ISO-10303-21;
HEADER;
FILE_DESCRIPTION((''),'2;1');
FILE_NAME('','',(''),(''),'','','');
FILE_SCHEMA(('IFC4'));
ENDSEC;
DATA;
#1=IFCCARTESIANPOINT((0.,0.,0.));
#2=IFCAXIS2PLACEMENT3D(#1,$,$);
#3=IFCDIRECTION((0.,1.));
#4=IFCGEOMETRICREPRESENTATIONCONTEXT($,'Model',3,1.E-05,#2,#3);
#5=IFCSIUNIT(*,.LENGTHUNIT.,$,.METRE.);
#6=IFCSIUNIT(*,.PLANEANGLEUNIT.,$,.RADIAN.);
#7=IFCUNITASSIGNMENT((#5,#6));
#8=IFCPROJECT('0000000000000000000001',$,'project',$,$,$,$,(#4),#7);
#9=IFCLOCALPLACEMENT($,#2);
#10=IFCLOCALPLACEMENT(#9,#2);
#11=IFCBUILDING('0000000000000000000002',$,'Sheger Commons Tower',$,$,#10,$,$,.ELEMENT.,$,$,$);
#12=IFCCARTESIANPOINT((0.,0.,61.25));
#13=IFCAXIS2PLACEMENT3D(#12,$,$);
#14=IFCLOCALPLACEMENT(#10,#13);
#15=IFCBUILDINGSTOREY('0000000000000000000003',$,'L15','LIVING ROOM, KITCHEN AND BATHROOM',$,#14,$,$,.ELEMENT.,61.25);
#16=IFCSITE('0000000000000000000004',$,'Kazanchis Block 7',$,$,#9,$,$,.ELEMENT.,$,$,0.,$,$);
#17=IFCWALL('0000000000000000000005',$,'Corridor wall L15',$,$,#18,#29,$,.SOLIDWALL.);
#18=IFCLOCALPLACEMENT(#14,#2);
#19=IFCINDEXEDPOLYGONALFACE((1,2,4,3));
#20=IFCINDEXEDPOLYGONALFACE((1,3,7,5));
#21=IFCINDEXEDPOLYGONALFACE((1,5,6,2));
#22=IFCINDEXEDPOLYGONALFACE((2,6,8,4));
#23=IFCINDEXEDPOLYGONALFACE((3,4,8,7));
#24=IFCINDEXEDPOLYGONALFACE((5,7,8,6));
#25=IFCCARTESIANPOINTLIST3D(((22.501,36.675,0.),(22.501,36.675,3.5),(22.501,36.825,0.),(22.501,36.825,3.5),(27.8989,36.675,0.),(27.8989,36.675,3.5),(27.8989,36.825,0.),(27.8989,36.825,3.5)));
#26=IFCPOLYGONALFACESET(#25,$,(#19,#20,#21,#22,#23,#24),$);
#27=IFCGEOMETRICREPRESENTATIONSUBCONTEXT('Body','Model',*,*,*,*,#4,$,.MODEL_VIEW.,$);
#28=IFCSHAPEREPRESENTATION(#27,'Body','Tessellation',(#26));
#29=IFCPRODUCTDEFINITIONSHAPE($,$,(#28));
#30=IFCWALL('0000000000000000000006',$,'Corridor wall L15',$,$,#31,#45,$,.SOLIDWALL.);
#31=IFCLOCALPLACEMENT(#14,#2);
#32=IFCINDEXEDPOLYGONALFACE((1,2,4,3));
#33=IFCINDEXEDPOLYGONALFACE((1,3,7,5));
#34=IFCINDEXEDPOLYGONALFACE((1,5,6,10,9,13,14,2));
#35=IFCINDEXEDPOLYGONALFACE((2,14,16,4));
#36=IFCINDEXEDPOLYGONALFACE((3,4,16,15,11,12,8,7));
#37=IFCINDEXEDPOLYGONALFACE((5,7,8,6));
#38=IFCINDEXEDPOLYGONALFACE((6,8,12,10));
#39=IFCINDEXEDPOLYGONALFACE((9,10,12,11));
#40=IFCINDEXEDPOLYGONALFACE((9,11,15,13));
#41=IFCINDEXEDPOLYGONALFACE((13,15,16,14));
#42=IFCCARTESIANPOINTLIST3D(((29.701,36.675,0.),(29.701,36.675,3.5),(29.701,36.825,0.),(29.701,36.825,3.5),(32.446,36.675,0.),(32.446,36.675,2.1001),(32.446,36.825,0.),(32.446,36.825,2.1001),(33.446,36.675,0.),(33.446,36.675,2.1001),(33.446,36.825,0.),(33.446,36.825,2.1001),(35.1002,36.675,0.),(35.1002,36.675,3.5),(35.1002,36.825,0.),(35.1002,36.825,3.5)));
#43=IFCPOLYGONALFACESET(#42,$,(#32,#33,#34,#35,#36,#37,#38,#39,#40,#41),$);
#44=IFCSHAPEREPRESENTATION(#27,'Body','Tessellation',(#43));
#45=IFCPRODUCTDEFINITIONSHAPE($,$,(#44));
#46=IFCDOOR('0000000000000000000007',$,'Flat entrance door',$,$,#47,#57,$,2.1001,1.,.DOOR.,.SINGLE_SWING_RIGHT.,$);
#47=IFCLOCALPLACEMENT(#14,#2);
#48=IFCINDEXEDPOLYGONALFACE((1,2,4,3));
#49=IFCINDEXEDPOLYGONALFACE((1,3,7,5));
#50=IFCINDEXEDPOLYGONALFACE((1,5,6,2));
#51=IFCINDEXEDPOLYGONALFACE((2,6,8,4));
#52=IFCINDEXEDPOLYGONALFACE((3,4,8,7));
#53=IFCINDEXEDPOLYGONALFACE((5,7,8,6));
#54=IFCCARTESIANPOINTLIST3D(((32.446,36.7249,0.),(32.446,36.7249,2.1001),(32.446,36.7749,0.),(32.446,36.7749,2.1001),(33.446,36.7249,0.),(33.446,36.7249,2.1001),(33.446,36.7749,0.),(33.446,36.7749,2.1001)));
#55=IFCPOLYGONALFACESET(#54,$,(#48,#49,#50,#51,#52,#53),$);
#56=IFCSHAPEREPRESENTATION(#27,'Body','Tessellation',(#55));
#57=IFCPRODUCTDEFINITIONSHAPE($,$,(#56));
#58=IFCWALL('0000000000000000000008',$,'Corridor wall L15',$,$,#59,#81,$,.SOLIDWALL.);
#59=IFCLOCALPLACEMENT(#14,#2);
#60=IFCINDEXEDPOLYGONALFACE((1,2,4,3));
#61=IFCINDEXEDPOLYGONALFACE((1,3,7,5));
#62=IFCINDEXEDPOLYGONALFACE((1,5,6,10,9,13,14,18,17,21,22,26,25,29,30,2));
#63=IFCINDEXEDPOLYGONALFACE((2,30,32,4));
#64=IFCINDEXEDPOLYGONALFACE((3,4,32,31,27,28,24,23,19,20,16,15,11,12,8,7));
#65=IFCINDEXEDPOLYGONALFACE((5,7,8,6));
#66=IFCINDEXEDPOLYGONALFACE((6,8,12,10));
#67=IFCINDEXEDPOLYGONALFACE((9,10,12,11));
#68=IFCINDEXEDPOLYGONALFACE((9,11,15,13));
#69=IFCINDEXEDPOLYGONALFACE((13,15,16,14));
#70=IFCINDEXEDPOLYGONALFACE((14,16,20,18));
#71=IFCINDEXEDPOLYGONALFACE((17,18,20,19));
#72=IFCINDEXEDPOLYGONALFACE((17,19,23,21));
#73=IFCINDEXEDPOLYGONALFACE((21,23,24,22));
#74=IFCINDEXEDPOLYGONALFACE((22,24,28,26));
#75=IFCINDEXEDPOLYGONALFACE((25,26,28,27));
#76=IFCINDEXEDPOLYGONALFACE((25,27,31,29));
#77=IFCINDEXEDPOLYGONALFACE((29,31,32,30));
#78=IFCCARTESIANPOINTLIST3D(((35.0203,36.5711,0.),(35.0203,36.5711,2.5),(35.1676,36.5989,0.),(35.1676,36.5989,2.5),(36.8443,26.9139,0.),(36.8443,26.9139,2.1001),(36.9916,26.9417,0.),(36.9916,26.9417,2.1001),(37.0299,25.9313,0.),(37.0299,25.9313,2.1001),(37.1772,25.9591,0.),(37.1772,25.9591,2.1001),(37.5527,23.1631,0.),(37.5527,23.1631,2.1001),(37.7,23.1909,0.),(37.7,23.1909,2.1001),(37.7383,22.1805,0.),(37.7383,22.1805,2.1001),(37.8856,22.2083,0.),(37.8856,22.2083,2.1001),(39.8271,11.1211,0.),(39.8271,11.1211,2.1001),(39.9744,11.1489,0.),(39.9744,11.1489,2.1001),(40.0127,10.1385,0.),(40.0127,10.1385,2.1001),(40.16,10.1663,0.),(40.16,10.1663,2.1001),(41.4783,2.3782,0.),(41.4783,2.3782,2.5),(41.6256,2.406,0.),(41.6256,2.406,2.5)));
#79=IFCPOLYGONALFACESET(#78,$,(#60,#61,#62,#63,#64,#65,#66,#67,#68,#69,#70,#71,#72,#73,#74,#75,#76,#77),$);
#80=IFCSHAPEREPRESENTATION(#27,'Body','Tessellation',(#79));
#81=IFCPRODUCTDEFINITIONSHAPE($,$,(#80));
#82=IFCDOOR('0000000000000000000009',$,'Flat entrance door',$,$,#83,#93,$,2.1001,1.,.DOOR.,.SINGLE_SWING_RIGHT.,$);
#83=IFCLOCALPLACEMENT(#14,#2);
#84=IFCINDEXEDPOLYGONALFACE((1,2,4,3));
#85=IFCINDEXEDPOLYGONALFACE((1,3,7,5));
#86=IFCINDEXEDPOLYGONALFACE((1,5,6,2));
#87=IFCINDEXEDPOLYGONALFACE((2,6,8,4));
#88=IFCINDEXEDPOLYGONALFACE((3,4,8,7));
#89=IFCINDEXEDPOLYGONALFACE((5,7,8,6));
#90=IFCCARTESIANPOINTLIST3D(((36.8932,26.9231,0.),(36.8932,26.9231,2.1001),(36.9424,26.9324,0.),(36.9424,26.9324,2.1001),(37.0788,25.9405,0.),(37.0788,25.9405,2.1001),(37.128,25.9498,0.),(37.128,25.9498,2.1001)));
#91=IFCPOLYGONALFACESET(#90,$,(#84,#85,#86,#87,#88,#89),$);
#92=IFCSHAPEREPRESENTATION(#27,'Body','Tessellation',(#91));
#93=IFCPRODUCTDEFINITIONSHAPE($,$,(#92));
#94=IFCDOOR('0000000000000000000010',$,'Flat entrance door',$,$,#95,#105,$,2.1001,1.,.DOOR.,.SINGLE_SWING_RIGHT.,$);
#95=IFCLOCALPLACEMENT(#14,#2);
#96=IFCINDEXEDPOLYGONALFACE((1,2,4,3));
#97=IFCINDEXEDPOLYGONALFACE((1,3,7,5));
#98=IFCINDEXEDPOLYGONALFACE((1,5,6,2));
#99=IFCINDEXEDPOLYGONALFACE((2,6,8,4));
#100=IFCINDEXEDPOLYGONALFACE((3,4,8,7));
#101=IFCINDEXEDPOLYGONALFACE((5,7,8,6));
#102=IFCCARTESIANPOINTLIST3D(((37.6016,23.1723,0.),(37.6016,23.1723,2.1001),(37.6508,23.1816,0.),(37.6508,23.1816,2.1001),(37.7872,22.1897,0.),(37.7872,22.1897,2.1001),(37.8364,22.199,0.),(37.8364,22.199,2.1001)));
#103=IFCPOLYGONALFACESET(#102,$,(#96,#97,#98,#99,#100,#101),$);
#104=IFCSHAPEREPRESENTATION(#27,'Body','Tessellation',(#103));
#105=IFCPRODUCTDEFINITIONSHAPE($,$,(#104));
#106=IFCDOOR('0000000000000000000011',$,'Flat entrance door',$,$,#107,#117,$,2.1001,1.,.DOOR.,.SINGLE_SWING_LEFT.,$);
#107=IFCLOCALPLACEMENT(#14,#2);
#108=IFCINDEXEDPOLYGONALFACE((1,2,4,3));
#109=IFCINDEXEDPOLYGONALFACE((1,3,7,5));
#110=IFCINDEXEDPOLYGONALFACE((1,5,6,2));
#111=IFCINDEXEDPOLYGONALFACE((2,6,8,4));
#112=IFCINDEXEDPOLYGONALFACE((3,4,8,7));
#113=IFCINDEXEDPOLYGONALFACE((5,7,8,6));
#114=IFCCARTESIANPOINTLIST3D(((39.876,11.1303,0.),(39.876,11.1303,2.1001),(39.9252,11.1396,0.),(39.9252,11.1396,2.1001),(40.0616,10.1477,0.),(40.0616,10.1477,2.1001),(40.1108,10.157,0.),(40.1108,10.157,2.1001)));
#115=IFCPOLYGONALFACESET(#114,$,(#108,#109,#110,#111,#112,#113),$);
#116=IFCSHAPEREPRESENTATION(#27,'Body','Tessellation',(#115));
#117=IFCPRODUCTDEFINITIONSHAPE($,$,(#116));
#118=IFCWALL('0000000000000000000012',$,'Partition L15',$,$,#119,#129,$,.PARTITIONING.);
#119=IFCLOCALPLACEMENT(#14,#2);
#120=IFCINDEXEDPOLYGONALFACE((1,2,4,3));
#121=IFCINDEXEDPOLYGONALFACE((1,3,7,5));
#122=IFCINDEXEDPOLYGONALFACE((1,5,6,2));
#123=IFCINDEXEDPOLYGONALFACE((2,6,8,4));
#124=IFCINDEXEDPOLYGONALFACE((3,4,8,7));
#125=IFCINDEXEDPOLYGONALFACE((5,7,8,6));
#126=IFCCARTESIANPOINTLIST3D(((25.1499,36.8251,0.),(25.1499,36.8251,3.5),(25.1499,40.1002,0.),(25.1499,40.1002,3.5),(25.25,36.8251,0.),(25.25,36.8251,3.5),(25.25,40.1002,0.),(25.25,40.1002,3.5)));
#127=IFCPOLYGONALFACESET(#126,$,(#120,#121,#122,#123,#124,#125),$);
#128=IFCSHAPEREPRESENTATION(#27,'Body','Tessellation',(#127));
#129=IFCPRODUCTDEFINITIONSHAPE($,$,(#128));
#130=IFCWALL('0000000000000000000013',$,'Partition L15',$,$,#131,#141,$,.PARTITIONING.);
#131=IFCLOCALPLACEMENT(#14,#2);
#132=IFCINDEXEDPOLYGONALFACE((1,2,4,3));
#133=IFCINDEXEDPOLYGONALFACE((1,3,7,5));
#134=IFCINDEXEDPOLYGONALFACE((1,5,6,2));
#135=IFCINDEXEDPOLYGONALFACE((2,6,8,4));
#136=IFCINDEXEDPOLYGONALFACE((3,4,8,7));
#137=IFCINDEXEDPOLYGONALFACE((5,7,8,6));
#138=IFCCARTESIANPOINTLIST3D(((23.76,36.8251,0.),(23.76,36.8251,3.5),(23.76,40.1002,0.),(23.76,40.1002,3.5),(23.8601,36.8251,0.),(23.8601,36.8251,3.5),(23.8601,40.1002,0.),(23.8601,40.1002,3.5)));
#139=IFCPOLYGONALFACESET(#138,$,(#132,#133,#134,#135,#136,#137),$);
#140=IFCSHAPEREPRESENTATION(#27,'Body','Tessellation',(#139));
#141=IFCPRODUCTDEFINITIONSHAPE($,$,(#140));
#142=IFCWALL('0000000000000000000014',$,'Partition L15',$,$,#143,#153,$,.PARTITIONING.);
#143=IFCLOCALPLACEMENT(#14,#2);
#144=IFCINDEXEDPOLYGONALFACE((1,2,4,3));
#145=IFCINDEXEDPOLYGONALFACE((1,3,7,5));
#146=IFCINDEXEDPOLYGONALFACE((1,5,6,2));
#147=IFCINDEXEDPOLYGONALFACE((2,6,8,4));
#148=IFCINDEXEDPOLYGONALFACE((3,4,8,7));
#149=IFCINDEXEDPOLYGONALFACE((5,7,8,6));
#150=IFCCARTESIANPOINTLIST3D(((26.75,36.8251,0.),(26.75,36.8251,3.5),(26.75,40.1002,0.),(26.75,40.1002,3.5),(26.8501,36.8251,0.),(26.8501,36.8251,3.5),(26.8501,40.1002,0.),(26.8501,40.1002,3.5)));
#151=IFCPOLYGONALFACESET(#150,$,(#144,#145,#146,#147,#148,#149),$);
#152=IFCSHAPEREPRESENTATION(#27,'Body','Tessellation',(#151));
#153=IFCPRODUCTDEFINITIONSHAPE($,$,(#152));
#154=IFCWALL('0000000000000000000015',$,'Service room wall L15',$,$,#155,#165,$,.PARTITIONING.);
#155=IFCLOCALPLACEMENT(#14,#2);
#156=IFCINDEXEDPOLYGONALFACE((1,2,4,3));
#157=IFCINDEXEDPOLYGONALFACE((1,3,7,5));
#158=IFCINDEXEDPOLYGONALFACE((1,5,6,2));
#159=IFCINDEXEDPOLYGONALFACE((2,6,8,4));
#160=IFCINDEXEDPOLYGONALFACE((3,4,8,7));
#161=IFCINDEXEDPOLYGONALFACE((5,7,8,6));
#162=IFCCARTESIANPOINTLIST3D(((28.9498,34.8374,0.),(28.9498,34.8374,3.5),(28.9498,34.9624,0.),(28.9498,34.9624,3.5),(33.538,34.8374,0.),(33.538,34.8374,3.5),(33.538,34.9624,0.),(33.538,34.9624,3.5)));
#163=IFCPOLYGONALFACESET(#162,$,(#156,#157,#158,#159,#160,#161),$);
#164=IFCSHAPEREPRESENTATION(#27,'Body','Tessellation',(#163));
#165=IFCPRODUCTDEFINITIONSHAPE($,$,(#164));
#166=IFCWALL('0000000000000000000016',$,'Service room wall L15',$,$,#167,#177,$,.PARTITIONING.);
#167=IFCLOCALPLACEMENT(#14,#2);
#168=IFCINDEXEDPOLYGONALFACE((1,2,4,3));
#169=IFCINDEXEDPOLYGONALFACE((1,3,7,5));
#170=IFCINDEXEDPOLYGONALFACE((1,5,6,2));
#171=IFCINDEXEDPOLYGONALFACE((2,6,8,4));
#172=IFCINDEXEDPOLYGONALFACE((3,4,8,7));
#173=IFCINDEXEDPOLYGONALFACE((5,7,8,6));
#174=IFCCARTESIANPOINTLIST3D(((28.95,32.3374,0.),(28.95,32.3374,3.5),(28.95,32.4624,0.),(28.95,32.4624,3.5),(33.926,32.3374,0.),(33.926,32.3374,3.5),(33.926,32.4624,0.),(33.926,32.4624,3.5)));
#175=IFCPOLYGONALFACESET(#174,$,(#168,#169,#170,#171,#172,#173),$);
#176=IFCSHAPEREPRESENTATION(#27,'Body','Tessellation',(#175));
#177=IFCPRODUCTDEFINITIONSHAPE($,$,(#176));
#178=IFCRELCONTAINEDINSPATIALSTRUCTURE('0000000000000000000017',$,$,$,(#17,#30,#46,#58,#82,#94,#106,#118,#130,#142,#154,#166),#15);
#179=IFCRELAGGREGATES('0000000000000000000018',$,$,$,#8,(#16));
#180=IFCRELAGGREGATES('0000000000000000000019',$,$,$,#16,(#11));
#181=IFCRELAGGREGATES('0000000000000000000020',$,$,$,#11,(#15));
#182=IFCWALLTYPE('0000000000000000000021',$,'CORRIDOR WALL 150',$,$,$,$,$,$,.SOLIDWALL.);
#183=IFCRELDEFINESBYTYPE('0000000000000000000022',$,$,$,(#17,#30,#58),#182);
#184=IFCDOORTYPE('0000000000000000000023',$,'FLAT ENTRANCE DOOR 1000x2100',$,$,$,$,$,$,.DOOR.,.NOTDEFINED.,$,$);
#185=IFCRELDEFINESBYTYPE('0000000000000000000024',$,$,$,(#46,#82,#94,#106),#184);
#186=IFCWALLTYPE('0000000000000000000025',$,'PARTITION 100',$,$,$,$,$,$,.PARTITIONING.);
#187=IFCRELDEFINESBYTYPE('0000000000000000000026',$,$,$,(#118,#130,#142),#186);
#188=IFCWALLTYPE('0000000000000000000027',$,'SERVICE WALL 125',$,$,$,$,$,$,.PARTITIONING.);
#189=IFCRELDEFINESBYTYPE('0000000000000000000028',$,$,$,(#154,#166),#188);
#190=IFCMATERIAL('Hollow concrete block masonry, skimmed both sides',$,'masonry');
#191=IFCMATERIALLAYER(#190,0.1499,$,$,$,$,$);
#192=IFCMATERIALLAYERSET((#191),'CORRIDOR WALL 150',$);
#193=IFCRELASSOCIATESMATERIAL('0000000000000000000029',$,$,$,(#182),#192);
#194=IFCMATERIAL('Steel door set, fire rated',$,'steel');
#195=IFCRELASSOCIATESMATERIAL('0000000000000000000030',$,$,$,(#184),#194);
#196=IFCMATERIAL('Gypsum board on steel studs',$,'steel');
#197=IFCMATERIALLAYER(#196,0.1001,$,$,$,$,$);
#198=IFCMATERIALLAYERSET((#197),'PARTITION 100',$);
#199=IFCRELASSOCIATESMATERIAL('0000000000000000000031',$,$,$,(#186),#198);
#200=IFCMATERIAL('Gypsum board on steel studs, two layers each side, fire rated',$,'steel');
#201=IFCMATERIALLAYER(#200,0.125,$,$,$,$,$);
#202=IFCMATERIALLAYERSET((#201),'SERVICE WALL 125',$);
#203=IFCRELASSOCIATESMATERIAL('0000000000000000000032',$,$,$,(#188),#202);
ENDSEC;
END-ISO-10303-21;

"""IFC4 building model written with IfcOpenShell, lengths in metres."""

from ifc_helpers import new_model, si_unit, direction, frame, frame_2d, origin, place, context, subcontext, project, spatial, rectangle, extrude, material, layer, layer_set, type_object, element, fill, save


model = new_model("IFC4")

# Units and contexts
model_context = context("Model", 3, precision=1e-05, world=origin(), true_north=direction((0.0, 1.0)))
body_context = subcontext(model_context, "Body", "Model", "MODEL_VIEW")
ifc_project = project(units=[si_unit("LENGTHUNIT", "METRE"), si_unit("PLANEANGLEUNIT", "RADIAN")], contexts=[model_context])

# Site, building, storey
site_placement = place(None, origin())
site = spatial("IfcSite", under=ifc_project, at=site_placement, Name="Kazanchis Block 7", CompositionType="ELEMENT", RefElevation=0.0)
building_placement = place(site_placement, origin())
building = spatial("IfcBuilding", under=site, at=building_placement, Name="Sheger Commons Tower", CompositionType="ELEMENT")
storey_placement = place(building_placement, frame((0.0, 0.0, 61.25)))
storey = spatial("IfcBuildingStorey", under=building, at=storey_placement, Name="L15", Description="LIVING ROOM, KITCHEN AND BATHROOM", CompositionType="ELEMENT", Elevation=61.25)

# Wall
ifc_material_1 = material(Name="Hollow concrete block masonry, skimmed both sides", Category="masonry")
ifc_layer_1 = layer(ifc_material_1, 0.1499)
ifc_layer_set_1 = layer_set([ifc_layer_1], Name="CORRIDOR WALL 150")
wall_type_1 = type_object("IfcWallType", Name="CORRIDOR WALL 150", PredefinedType="SOLIDWALL", material=ifc_layer_set_1)
wall_1_placement = place(storey_placement, frame((22.501, 36.75, 0.0), z_axis=(0.0, 0.0, 1.0), x_axis=(1.0, 0.0, 0.0)))
element("IfcWall", 1, at=wall_1_placement, inside=storey, type_object=wall_type_1, Name="Corridor wall L15", PredefinedType="SOLIDWALL", context=body_context, shape_type="SweptSolid", body=[
    extrude(rectangle(XDim=5.3979, YDim=0.1499, at=frame_2d((2.699, 0.0))), origin(), (0.0, 0.0, 1.0), 3.5),
])

# Wall, opening, door
wall_2_placement = place(storey_placement, frame((29.7009, 36.75, 0.0), z_axis=(0.0, 0.0, 1.0), x_axis=(1.0, 0.0, 0.0)))
wall_2 = element("IfcWall", 2, at=wall_2_placement, inside=storey, type_object=wall_type_1, Name="Corridor wall L15", PredefinedType="SOLIDWALL", context=body_context, shape_type="SweptSolid", body=[
    extrude(rectangle(XDim=5.3992, YDim=0.1499, at=frame_2d((2.6997, 0.0))), origin(), (0.0, 0.0, 1.0), 3.5),
])
opening_1_placement = place(wall_2_placement, frame((2.7451, 0.0, 0.0)))
opening_1 = element("IfcOpeningElement", 3, at=opening_1_placement, cuts=wall_2, PredefinedType="OPENING", context=body_context, shape_type="SweptSolid", body=[
    extrude(rectangle(XDim=1.0, YDim=2.1001, at=frame_2d((0.5, 1.05))), frame((0.0, 0.085, 0.0), z_axis=(0.0, -1.0, 0.0), x_axis=(1.0, 0.0, 0.0)), (0.0, 0.0, 1.0), 0.1699),
])
ifc_material_2 = material(Name="Steel door set, fire rated", Category="steel")
door_type_1 = type_object("IfcDoorType", Name="FLAT ENTRANCE DOOR 1000x2100", OperationType="NOTDEFINED", PredefinedType="DOOR", material=ifc_material_2)
door_1_placement = place(opening_1_placement, origin())
door_1 = element("IfcDoor", 4, at=door_1_placement, inside=storey, type_object=door_type_1, Name="Flat entrance door", OperationType="SINGLE_SWING_RIGHT", OverallHeight=2.1001, OverallWidth=1.0, PredefinedType="DOOR", context=body_context, shape_type="SweptSolid", body=[
    extrude(rectangle(XDim=1.0, YDim=2.1001, at=frame_2d((0.5, 1.05))), frame((0.0, 0.0249, 0.0), z_axis=(0.0, -1.0, 0.0), x_axis=(1.0, 0.0, 0.0)), (0.0, 0.0, 1.0), 0.05),
])
fill(opening_1, door_1)

# Wall, openings, doors
wall_3_placement = place(storey_placement, frame((35.094, 36.585, 0.0), z_axis=(0.0, 0.0, 1.0), x_axis=(0.185589, -0.982627, 0.0)))
wall_3 = element("IfcWall", 5, at=wall_3_placement, inside=storey, type_object=wall_type_1, Name="Corridor wall L15", PredefinedType="SOLIDWALL", context=body_context, shape_type="SweptSolid", body=[
    extrude(rectangle(XDim=34.7974, YDim=0.1499, at=frame_2d((17.3987, 0.0))), origin(), (0.0, 0.0, 1.0), 2.5),
])
opening_2_placement = place(wall_3_placement, frame((9.8279, 0.0, 0.0)))
opening_2 = element("IfcOpeningElement", 6, at=opening_2_placement, cuts=wall_3, PredefinedType="OPENING", context=body_context, shape_type="SweptSolid", body=[
    extrude(rectangle(XDim=1.0, YDim=2.1001, at=frame_2d((0.5, 1.05))), frame((0.0, 0.085, 0.0), z_axis=(0.0, -1.0, 0.0), x_axis=(1.0, 0.0, 0.0)), (0.0, 0.0, 1.0), 0.1699),
])
opening_3_placement = place(wall_3_placement, frame((13.645, 0.0, 0.0)))
opening_3 = element("IfcOpeningElement", 7, at=opening_3_placement, cuts=wall_3, PredefinedType="OPENING", context=body_context, shape_type="SweptSolid", body=[
    extrude(rectangle(XDim=1.0, YDim=2.1001, at=frame_2d((0.5, 1.05))), frame((0.0, 0.085, 0.0), z_axis=(0.0, -1.0, 0.0), x_axis=(1.0, 0.0, 0.0)), (0.0, 0.0, 1.0), 0.1699),
])
opening_4_placement = place(wall_3_placement, frame((25.8999, 0.0, 0.0)))
opening_4 = element("IfcOpeningElement", 8, at=opening_4_placement, cuts=wall_3, PredefinedType="OPENING", context=body_context, shape_type="SweptSolid", body=[
    extrude(rectangle(XDim=1.0, YDim=2.1001, at=frame_2d((0.5, 1.05))), frame((0.0, 0.085, 0.0), z_axis=(0.0, -1.0, 0.0), x_axis=(1.0, 0.0, 0.0)), (0.0, 0.0, 1.0), 0.1699),
])
door_2_placement = place(opening_2_placement, origin())
door_2 = element("IfcDoor", 9, at=door_2_placement, inside=storey, type_object=door_type_1, Name="Flat entrance door", OperationType="SINGLE_SWING_RIGHT", OverallHeight=2.1001, OverallWidth=1.0, PredefinedType="DOOR", context=body_context, shape_type="SweptSolid", body=[
    extrude(rectangle(XDim=1.0, YDim=2.1001, at=frame_2d((0.5, 1.05))), frame((0.0, 0.0249, 0.0), z_axis=(0.0, -1.0, 0.0), x_axis=(1.0, 0.0, 0.0)), (0.0, 0.0, 1.0), 0.05),
])
fill(opening_2, door_2)
door_3_placement = place(opening_3_placement, origin())
door_3 = element("IfcDoor", 10, at=door_3_placement, inside=storey, type_object=door_type_1, Name="Flat entrance door", OperationType="SINGLE_SWING_RIGHT", OverallHeight=2.1001, OverallWidth=1.0, PredefinedType="DOOR", context=body_context, shape_type="SweptSolid", body=[
    extrude(rectangle(XDim=1.0, YDim=2.1001, at=frame_2d((0.5, 1.05))), frame((0.0, 0.0249, 0.0), z_axis=(0.0, -1.0, 0.0), x_axis=(1.0, 0.0, 0.0)), (0.0, 0.0, 1.0), 0.05),
])
fill(opening_3, door_3)
door_4_placement = place(opening_4_placement, origin())
door_4 = element("IfcDoor", 11, at=door_4_placement, inside=storey, type_object=door_type_1, Name="Flat entrance door", OperationType="SINGLE_SWING_LEFT", OverallHeight=2.1001, OverallWidth=1.0, PredefinedType="DOOR", context=body_context, shape_type="SweptSolid", body=[
    extrude(rectangle(XDim=1.0, YDim=2.1001, at=frame_2d((0.5, 1.05))), frame((0.0, 0.0249, 0.0), z_axis=(0.0, -1.0, 0.0), x_axis=(1.0, 0.0, 0.0)), (0.0, 0.0, 1.0), 0.05),
])
fill(opening_4, door_4)

# Walls
ifc_material_3 = material(Name="Gypsum board on steel studs", Category="steel")
ifc_layer_2 = layer(ifc_material_3, 0.1001)
ifc_layer_set_2 = layer_set([ifc_layer_2], Name="PARTITION 100")
wall_type_2 = type_object("IfcWallType", Name="PARTITION 100", PredefinedType="PARTITIONING", material=ifc_layer_set_2)
for number, where, z_axis, x_axis, name in (
    (12, (25.2, 36.825, 0.0), (0.0, 0.0, 1.0), (0.0, 1.0, 0.0), "Partition L15"),
    (13, (23.8101, 36.825, 0.0), (0.0, 0.0, 1.0), (0.0, 1.0, 0.0), "Partition L15"),
    (14, (26.8, 36.825, 0.0), (0.0, 0.0, 1.0), (0.0, 1.0, 0.0), "Partition L15"),
):
    element("IfcWall", number, at=place(storey_placement, frame(where, z_axis=z_axis, x_axis=x_axis)), inside=storey, type_object=wall_type_2, Name=name, PredefinedType="PARTITIONING", context=body_context, shape_type="SweptSolid", body=[
        extrude(rectangle(XDim=3.2751, YDim=0.1001, at=frame_2d((1.6377, 0.0))), origin(), (0.0, 0.0, 1.0), 3.5),
    ])
ifc_material_4 = material(Name="Gypsum board on steel studs, two layers each side, fire rated", Category="steel")
ifc_layer_3 = layer(ifc_material_4, 0.125)
ifc_layer_set_3 = layer_set([ifc_layer_3], Name="SERVICE WALL 125")
wall_type_3 = type_object("IfcWallType", Name="SERVICE WALL 125", PredefinedType="PARTITIONING", material=ifc_layer_set_3)
wall_4_placement = place(storey_placement, frame((28.95, 34.8999, 0.0), z_axis=(0.0, 0.0, 1.0), x_axis=(1.0, 0.0, 0.0)))
element("IfcWall", 15, at=wall_4_placement, inside=storey, type_object=wall_type_3, Name="Service room wall L15", PredefinedType="PARTITIONING", context=body_context, shape_type="SweptSolid", body=[
    extrude(rectangle(XDim=4.5881, YDim=0.125, at=frame_2d((2.2939, 0.0))), origin(), (0.0, 0.0, 1.0), 3.5),
])
wall_5_placement = place(storey_placement, frame((28.95, 32.3999, 0.0), z_axis=(0.0, 0.0, 1.0), x_axis=(1.0, 0.0, 0.0)))
element("IfcWall", 16, at=wall_5_placement, inside=storey, type_object=wall_type_3, Name="Service room wall L15", PredefinedType="PARTITIONING", context=body_context, shape_type="SweptSolid", body=[
    extrude(rectangle(XDim=4.9761, YDim=0.125, at=frame_2d((2.488, 0.0))), origin(), (0.0, 0.0, 1.0), 3.5),
])

save(model, "model.ifc")
